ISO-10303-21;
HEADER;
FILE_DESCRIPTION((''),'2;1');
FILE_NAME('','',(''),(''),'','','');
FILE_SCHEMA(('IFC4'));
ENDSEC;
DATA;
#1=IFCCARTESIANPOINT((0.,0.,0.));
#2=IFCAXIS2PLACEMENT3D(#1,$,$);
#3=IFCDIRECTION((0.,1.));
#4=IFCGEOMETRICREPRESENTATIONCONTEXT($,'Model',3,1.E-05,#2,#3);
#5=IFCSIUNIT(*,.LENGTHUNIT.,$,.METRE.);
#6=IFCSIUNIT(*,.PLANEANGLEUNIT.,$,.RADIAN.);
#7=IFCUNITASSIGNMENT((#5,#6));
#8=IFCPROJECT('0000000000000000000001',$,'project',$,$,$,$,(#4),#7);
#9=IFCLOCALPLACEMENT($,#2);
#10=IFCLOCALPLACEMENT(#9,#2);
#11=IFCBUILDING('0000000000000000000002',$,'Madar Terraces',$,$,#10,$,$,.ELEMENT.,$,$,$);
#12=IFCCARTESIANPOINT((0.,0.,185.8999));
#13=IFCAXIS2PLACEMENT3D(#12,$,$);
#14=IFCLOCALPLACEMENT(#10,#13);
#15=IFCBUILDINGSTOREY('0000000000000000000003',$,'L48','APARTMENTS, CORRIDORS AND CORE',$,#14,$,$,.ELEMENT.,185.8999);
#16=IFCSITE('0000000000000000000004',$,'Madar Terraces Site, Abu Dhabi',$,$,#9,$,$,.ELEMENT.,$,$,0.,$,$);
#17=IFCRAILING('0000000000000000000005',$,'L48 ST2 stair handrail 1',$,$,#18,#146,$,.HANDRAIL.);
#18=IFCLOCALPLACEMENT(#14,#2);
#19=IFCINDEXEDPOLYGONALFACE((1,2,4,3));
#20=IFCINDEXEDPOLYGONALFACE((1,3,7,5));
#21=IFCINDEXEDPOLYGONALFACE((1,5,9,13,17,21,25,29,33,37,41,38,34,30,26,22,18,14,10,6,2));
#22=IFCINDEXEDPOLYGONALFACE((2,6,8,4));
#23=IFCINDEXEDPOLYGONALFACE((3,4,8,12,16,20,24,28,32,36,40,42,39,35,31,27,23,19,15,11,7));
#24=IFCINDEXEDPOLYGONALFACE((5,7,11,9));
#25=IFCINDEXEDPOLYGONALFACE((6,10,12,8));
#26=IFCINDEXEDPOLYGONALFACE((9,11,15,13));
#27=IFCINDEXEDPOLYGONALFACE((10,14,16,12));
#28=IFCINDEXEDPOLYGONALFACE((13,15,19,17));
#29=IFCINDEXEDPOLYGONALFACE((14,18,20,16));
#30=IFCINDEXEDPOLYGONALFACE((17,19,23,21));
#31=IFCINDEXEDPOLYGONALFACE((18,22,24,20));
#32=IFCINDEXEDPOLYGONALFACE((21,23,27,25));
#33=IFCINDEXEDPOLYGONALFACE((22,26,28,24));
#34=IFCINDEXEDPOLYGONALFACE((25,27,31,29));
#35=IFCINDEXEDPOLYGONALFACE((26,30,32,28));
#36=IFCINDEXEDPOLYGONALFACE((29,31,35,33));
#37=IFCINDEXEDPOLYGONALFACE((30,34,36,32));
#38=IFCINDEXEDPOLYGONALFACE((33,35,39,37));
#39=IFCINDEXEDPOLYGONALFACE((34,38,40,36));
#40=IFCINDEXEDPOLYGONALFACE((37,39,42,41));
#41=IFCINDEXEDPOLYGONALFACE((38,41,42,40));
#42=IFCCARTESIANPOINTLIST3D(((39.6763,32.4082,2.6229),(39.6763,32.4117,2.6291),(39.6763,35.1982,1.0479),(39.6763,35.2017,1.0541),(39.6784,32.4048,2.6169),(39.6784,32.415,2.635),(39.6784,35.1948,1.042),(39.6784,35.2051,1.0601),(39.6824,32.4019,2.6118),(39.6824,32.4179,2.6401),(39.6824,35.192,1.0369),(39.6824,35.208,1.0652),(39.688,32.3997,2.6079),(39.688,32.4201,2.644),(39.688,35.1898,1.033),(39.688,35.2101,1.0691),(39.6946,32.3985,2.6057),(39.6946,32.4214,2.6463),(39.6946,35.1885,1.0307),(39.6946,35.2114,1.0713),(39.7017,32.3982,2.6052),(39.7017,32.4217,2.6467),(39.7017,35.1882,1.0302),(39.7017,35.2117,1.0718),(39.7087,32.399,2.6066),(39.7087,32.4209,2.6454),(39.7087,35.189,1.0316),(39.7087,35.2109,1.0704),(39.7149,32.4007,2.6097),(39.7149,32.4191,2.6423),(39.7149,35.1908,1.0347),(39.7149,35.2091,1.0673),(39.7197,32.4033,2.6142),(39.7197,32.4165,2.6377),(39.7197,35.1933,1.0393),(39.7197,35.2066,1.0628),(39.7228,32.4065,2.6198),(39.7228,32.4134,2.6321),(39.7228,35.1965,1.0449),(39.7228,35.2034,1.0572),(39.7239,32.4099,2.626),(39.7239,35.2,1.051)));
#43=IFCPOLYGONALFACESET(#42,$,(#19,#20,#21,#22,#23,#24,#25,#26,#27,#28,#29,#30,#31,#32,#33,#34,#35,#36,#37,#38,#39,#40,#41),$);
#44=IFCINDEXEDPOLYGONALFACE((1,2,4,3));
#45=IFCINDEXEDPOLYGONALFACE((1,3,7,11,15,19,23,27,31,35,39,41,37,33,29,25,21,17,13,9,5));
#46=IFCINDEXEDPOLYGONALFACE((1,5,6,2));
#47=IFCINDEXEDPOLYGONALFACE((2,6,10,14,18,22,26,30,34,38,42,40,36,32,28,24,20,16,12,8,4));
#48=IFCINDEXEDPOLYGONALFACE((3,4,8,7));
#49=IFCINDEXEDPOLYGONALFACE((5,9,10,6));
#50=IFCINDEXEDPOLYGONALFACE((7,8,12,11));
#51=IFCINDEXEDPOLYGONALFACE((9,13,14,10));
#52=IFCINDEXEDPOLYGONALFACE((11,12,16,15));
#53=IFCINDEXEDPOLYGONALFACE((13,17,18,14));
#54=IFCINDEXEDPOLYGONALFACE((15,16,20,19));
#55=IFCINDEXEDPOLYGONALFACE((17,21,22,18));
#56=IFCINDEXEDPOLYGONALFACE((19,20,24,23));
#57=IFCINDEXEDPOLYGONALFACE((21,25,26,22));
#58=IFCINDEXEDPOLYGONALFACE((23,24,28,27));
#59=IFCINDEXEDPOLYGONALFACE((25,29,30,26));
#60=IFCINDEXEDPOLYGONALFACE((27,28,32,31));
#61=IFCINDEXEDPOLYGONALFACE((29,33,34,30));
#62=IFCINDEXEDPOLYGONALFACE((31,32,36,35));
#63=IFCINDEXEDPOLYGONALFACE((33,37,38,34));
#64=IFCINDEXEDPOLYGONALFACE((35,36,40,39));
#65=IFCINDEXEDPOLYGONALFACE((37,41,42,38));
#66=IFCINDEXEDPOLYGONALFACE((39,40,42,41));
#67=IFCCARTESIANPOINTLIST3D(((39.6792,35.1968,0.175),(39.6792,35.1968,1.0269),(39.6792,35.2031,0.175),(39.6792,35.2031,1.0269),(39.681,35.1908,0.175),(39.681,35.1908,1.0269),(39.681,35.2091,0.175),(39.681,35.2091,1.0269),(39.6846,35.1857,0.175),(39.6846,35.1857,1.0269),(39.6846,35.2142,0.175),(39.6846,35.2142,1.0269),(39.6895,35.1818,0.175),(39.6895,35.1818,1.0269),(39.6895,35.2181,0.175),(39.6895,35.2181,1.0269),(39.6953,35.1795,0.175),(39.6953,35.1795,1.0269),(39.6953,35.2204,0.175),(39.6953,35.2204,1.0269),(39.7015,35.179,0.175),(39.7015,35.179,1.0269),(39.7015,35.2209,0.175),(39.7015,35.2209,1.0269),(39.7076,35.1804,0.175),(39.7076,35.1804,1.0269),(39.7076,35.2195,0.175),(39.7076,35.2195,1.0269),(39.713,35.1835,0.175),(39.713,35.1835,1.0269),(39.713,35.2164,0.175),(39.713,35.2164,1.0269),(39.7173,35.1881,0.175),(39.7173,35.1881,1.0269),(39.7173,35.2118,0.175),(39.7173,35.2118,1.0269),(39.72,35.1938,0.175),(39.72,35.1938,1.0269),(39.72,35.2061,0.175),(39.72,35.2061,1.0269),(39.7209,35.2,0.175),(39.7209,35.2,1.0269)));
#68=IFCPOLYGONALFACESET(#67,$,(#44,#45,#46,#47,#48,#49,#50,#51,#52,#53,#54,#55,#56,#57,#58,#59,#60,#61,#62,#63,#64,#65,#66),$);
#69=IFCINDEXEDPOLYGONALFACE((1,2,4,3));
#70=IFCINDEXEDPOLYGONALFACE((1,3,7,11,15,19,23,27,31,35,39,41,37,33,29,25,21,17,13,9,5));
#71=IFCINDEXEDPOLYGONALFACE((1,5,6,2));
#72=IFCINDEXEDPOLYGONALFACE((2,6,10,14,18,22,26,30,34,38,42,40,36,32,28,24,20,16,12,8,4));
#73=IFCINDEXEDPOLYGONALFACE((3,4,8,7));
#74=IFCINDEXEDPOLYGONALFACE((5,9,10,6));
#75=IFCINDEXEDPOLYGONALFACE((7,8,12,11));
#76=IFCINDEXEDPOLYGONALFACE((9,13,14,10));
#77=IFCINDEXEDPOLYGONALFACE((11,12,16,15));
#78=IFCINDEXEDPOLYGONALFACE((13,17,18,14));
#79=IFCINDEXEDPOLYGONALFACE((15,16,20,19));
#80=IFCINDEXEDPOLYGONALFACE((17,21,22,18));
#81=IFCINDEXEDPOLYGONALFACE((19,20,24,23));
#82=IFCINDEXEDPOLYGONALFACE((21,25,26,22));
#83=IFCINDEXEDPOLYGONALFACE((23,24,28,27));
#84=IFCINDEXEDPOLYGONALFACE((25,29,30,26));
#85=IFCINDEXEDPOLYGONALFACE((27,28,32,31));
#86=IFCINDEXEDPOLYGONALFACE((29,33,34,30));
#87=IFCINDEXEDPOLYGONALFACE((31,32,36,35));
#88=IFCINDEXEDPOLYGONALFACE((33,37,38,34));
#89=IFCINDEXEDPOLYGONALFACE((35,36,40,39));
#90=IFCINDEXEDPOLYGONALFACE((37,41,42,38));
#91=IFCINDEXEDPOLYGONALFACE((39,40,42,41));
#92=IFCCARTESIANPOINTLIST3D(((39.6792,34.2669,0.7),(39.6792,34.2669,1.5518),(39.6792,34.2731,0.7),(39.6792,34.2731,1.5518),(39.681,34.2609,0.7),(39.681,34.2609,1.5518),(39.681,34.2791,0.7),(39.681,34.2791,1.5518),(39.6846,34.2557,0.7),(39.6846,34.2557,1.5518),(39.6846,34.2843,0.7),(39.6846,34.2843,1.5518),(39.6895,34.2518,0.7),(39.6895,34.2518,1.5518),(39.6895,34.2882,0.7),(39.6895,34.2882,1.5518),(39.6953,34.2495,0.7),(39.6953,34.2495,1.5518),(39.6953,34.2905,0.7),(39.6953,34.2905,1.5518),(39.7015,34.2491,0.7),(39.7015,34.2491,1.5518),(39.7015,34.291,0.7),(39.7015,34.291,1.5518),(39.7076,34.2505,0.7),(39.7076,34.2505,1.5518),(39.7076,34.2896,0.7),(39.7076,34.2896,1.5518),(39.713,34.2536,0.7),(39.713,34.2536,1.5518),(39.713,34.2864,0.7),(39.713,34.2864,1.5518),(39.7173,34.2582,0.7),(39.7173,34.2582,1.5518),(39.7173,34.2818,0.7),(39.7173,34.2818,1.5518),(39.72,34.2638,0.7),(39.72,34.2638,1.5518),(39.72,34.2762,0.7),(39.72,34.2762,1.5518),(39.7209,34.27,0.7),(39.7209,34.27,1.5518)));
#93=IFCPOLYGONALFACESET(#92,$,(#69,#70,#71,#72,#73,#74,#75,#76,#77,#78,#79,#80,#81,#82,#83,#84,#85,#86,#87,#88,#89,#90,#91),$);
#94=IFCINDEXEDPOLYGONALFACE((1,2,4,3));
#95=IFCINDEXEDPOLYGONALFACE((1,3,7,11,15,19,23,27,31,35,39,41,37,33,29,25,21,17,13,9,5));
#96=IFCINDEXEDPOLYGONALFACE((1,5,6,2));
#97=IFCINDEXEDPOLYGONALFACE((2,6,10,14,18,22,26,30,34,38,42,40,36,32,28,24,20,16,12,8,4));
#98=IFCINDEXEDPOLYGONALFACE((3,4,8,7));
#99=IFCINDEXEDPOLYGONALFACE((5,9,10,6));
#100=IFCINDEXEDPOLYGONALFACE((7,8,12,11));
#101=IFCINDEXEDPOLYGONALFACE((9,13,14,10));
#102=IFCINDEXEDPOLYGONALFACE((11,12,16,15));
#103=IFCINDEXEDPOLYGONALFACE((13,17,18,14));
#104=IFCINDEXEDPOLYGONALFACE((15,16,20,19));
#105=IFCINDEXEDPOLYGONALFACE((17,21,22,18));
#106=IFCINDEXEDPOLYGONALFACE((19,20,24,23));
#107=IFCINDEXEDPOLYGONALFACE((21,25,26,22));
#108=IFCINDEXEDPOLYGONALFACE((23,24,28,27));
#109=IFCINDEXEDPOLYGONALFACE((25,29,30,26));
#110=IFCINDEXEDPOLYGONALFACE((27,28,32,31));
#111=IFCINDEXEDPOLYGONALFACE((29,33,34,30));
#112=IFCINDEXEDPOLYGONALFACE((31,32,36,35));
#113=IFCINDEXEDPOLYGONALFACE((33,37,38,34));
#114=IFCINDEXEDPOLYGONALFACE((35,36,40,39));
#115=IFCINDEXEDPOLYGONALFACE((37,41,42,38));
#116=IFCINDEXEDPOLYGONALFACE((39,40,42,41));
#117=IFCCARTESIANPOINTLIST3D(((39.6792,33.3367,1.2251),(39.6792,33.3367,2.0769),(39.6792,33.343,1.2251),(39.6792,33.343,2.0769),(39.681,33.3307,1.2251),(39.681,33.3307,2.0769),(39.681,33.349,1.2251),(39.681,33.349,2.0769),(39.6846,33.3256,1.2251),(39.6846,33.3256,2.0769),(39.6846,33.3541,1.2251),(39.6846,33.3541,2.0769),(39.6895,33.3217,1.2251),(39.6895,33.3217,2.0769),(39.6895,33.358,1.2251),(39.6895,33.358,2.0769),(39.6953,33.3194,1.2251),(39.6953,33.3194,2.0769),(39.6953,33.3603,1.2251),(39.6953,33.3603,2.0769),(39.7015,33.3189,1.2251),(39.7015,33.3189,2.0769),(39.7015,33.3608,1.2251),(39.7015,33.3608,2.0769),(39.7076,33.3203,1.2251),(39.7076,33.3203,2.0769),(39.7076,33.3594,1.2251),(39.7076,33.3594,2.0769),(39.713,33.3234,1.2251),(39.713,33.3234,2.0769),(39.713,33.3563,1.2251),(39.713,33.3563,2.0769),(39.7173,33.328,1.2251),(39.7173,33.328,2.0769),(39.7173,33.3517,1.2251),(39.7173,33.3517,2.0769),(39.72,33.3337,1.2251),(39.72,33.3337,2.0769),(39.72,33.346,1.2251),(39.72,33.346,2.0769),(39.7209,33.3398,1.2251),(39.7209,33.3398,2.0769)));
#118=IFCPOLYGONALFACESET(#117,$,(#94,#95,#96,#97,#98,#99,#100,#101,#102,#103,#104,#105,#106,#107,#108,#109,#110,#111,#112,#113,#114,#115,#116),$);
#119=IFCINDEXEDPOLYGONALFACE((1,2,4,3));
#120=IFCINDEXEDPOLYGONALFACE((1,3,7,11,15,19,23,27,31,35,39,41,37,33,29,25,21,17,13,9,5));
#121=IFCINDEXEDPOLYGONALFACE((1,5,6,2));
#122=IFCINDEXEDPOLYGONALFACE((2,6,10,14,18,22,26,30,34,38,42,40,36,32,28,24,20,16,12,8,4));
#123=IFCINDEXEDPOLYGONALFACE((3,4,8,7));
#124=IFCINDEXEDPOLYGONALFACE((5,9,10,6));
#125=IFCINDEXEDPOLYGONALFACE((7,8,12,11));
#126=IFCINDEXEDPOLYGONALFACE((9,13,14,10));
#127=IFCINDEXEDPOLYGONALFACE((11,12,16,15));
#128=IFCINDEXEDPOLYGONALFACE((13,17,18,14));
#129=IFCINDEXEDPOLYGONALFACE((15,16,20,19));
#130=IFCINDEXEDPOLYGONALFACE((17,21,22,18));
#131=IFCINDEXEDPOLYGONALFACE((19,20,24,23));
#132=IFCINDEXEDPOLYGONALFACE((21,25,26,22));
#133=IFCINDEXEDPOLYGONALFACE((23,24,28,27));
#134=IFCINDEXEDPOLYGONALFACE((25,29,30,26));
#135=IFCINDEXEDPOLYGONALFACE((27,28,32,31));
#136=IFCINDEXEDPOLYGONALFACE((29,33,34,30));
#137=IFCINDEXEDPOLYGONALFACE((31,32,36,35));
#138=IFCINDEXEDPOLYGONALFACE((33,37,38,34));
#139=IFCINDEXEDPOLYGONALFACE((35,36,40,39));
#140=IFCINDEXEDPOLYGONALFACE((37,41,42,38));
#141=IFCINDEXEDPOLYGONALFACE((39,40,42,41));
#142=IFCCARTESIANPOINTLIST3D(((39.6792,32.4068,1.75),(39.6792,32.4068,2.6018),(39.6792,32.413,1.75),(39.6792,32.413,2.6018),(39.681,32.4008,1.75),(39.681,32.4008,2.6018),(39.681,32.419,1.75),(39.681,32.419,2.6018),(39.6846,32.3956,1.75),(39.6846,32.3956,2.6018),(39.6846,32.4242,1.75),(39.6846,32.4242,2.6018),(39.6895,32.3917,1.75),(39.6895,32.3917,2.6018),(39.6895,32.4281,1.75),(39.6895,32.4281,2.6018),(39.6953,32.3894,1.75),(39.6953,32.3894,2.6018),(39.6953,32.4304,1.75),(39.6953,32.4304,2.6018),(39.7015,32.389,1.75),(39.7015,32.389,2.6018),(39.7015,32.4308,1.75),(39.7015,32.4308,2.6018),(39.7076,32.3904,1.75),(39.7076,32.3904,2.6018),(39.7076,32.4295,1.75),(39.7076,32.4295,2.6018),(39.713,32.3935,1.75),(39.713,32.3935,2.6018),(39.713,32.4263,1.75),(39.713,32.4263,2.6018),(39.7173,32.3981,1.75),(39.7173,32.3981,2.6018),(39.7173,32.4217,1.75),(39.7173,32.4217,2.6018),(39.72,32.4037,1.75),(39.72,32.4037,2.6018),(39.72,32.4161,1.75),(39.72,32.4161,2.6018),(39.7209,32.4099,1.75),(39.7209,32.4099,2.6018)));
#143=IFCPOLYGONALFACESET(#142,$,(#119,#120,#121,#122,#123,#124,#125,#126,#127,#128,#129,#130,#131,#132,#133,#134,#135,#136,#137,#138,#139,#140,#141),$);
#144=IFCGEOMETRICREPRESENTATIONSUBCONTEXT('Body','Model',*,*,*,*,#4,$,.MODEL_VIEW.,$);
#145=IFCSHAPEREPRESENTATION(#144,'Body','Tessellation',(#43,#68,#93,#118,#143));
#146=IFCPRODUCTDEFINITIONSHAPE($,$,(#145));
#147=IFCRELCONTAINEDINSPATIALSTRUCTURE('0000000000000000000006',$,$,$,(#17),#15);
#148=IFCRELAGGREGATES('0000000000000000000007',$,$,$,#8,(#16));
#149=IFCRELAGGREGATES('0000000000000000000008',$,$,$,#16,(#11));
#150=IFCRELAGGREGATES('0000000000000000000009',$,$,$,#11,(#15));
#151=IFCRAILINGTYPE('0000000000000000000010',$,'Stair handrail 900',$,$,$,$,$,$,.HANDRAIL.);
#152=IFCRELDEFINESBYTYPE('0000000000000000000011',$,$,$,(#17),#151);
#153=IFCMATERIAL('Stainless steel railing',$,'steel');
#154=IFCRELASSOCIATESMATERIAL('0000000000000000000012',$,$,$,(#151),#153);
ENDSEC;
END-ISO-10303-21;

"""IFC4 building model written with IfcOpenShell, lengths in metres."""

from ifc_helpers import new_model, si_unit, direction, frame, origin, origin_2d, place, context, subcontext, project, spatial, circle, extrude, material, type_object, element, save


model = new_model("IFC4")

# Units and contexts
model_context = context("Model", 3, precision=1e-05, world=origin(), true_north=direction((0.0, 1.0)))
body_context = subcontext(model_context, "Body", "Model", "MODEL_VIEW")
ifc_project = project(units=[si_unit("LENGTHUNIT", "METRE"), si_unit("PLANEANGLEUNIT", "RADIAN")], contexts=[model_context])

# Site, building, storey
site_placement = place(None, origin())
site = spatial("IfcSite", under=ifc_project, at=site_placement, Name="Madar Terraces Site, Abu Dhabi", CompositionType="ELEMENT", RefElevation=0.0)
building_placement = place(site_placement, origin())
building = spatial("IfcBuilding", under=site, at=building_placement, Name="Madar Terraces", CompositionType="ELEMENT")
storey_placement = place(building_placement, frame((0.0, 0.0, 185.8999)))
storey = spatial("IfcBuildingStorey", under=building, at=storey_placement, Name="L48", Description="APARTMENTS, CORRIDORS AND CORE", CompositionType="ELEMENT", Elevation=185.8999)

# Railing
ifc_material_1 = material(Name="Stainless steel railing", Category="steel")
railing_type_1 = type_object("IfcRailingType", Name="Stair handrail 900", PredefinedType="HANDRAIL", material=ifc_material_1)
railing_1_placement = place(storey_placement, frame((39.7, 35.2, 0.175)))
element("IfcRailing", 1, at=railing_1_placement, inside=storey, type_object=railing_type_1, Name="L48 ST2 stair handrail 1", PredefinedType="HANDRAIL", context=body_context, shape_type="SweptSolid", body=[
    extrude(circle(Radius=0.0239, at=origin_2d()), frame((0.0, 0.0, 0.876), z_axis=(0.0, -0.870834, 0.491578), x_axis=(1.0, 0.0, 0.0)), (0.0, 0.0, 1.0), 3.2039),
    extrude(circle(Radius=0.021, at=origin_2d()), origin(), (0.0, 0.0, 1.0), 0.8518),
    extrude(circle(Radius=0.021, at=origin_2d()), frame((0.0, -0.9299, 0.5249)), (0.0, 0.0, 1.0), 0.8518),
    extrude(circle(Radius=0.021, at=origin_2d()), frame((0.0, -1.8601, 1.05)), (0.0, 0.0, 1.0), 0.8518),
    extrude(circle(Radius=0.021, at=origin_2d()), frame((0.0, -2.79, 1.575)), (0.0, 0.0, 1.0), 0.8518),
])

save(model, "model.ifc")
